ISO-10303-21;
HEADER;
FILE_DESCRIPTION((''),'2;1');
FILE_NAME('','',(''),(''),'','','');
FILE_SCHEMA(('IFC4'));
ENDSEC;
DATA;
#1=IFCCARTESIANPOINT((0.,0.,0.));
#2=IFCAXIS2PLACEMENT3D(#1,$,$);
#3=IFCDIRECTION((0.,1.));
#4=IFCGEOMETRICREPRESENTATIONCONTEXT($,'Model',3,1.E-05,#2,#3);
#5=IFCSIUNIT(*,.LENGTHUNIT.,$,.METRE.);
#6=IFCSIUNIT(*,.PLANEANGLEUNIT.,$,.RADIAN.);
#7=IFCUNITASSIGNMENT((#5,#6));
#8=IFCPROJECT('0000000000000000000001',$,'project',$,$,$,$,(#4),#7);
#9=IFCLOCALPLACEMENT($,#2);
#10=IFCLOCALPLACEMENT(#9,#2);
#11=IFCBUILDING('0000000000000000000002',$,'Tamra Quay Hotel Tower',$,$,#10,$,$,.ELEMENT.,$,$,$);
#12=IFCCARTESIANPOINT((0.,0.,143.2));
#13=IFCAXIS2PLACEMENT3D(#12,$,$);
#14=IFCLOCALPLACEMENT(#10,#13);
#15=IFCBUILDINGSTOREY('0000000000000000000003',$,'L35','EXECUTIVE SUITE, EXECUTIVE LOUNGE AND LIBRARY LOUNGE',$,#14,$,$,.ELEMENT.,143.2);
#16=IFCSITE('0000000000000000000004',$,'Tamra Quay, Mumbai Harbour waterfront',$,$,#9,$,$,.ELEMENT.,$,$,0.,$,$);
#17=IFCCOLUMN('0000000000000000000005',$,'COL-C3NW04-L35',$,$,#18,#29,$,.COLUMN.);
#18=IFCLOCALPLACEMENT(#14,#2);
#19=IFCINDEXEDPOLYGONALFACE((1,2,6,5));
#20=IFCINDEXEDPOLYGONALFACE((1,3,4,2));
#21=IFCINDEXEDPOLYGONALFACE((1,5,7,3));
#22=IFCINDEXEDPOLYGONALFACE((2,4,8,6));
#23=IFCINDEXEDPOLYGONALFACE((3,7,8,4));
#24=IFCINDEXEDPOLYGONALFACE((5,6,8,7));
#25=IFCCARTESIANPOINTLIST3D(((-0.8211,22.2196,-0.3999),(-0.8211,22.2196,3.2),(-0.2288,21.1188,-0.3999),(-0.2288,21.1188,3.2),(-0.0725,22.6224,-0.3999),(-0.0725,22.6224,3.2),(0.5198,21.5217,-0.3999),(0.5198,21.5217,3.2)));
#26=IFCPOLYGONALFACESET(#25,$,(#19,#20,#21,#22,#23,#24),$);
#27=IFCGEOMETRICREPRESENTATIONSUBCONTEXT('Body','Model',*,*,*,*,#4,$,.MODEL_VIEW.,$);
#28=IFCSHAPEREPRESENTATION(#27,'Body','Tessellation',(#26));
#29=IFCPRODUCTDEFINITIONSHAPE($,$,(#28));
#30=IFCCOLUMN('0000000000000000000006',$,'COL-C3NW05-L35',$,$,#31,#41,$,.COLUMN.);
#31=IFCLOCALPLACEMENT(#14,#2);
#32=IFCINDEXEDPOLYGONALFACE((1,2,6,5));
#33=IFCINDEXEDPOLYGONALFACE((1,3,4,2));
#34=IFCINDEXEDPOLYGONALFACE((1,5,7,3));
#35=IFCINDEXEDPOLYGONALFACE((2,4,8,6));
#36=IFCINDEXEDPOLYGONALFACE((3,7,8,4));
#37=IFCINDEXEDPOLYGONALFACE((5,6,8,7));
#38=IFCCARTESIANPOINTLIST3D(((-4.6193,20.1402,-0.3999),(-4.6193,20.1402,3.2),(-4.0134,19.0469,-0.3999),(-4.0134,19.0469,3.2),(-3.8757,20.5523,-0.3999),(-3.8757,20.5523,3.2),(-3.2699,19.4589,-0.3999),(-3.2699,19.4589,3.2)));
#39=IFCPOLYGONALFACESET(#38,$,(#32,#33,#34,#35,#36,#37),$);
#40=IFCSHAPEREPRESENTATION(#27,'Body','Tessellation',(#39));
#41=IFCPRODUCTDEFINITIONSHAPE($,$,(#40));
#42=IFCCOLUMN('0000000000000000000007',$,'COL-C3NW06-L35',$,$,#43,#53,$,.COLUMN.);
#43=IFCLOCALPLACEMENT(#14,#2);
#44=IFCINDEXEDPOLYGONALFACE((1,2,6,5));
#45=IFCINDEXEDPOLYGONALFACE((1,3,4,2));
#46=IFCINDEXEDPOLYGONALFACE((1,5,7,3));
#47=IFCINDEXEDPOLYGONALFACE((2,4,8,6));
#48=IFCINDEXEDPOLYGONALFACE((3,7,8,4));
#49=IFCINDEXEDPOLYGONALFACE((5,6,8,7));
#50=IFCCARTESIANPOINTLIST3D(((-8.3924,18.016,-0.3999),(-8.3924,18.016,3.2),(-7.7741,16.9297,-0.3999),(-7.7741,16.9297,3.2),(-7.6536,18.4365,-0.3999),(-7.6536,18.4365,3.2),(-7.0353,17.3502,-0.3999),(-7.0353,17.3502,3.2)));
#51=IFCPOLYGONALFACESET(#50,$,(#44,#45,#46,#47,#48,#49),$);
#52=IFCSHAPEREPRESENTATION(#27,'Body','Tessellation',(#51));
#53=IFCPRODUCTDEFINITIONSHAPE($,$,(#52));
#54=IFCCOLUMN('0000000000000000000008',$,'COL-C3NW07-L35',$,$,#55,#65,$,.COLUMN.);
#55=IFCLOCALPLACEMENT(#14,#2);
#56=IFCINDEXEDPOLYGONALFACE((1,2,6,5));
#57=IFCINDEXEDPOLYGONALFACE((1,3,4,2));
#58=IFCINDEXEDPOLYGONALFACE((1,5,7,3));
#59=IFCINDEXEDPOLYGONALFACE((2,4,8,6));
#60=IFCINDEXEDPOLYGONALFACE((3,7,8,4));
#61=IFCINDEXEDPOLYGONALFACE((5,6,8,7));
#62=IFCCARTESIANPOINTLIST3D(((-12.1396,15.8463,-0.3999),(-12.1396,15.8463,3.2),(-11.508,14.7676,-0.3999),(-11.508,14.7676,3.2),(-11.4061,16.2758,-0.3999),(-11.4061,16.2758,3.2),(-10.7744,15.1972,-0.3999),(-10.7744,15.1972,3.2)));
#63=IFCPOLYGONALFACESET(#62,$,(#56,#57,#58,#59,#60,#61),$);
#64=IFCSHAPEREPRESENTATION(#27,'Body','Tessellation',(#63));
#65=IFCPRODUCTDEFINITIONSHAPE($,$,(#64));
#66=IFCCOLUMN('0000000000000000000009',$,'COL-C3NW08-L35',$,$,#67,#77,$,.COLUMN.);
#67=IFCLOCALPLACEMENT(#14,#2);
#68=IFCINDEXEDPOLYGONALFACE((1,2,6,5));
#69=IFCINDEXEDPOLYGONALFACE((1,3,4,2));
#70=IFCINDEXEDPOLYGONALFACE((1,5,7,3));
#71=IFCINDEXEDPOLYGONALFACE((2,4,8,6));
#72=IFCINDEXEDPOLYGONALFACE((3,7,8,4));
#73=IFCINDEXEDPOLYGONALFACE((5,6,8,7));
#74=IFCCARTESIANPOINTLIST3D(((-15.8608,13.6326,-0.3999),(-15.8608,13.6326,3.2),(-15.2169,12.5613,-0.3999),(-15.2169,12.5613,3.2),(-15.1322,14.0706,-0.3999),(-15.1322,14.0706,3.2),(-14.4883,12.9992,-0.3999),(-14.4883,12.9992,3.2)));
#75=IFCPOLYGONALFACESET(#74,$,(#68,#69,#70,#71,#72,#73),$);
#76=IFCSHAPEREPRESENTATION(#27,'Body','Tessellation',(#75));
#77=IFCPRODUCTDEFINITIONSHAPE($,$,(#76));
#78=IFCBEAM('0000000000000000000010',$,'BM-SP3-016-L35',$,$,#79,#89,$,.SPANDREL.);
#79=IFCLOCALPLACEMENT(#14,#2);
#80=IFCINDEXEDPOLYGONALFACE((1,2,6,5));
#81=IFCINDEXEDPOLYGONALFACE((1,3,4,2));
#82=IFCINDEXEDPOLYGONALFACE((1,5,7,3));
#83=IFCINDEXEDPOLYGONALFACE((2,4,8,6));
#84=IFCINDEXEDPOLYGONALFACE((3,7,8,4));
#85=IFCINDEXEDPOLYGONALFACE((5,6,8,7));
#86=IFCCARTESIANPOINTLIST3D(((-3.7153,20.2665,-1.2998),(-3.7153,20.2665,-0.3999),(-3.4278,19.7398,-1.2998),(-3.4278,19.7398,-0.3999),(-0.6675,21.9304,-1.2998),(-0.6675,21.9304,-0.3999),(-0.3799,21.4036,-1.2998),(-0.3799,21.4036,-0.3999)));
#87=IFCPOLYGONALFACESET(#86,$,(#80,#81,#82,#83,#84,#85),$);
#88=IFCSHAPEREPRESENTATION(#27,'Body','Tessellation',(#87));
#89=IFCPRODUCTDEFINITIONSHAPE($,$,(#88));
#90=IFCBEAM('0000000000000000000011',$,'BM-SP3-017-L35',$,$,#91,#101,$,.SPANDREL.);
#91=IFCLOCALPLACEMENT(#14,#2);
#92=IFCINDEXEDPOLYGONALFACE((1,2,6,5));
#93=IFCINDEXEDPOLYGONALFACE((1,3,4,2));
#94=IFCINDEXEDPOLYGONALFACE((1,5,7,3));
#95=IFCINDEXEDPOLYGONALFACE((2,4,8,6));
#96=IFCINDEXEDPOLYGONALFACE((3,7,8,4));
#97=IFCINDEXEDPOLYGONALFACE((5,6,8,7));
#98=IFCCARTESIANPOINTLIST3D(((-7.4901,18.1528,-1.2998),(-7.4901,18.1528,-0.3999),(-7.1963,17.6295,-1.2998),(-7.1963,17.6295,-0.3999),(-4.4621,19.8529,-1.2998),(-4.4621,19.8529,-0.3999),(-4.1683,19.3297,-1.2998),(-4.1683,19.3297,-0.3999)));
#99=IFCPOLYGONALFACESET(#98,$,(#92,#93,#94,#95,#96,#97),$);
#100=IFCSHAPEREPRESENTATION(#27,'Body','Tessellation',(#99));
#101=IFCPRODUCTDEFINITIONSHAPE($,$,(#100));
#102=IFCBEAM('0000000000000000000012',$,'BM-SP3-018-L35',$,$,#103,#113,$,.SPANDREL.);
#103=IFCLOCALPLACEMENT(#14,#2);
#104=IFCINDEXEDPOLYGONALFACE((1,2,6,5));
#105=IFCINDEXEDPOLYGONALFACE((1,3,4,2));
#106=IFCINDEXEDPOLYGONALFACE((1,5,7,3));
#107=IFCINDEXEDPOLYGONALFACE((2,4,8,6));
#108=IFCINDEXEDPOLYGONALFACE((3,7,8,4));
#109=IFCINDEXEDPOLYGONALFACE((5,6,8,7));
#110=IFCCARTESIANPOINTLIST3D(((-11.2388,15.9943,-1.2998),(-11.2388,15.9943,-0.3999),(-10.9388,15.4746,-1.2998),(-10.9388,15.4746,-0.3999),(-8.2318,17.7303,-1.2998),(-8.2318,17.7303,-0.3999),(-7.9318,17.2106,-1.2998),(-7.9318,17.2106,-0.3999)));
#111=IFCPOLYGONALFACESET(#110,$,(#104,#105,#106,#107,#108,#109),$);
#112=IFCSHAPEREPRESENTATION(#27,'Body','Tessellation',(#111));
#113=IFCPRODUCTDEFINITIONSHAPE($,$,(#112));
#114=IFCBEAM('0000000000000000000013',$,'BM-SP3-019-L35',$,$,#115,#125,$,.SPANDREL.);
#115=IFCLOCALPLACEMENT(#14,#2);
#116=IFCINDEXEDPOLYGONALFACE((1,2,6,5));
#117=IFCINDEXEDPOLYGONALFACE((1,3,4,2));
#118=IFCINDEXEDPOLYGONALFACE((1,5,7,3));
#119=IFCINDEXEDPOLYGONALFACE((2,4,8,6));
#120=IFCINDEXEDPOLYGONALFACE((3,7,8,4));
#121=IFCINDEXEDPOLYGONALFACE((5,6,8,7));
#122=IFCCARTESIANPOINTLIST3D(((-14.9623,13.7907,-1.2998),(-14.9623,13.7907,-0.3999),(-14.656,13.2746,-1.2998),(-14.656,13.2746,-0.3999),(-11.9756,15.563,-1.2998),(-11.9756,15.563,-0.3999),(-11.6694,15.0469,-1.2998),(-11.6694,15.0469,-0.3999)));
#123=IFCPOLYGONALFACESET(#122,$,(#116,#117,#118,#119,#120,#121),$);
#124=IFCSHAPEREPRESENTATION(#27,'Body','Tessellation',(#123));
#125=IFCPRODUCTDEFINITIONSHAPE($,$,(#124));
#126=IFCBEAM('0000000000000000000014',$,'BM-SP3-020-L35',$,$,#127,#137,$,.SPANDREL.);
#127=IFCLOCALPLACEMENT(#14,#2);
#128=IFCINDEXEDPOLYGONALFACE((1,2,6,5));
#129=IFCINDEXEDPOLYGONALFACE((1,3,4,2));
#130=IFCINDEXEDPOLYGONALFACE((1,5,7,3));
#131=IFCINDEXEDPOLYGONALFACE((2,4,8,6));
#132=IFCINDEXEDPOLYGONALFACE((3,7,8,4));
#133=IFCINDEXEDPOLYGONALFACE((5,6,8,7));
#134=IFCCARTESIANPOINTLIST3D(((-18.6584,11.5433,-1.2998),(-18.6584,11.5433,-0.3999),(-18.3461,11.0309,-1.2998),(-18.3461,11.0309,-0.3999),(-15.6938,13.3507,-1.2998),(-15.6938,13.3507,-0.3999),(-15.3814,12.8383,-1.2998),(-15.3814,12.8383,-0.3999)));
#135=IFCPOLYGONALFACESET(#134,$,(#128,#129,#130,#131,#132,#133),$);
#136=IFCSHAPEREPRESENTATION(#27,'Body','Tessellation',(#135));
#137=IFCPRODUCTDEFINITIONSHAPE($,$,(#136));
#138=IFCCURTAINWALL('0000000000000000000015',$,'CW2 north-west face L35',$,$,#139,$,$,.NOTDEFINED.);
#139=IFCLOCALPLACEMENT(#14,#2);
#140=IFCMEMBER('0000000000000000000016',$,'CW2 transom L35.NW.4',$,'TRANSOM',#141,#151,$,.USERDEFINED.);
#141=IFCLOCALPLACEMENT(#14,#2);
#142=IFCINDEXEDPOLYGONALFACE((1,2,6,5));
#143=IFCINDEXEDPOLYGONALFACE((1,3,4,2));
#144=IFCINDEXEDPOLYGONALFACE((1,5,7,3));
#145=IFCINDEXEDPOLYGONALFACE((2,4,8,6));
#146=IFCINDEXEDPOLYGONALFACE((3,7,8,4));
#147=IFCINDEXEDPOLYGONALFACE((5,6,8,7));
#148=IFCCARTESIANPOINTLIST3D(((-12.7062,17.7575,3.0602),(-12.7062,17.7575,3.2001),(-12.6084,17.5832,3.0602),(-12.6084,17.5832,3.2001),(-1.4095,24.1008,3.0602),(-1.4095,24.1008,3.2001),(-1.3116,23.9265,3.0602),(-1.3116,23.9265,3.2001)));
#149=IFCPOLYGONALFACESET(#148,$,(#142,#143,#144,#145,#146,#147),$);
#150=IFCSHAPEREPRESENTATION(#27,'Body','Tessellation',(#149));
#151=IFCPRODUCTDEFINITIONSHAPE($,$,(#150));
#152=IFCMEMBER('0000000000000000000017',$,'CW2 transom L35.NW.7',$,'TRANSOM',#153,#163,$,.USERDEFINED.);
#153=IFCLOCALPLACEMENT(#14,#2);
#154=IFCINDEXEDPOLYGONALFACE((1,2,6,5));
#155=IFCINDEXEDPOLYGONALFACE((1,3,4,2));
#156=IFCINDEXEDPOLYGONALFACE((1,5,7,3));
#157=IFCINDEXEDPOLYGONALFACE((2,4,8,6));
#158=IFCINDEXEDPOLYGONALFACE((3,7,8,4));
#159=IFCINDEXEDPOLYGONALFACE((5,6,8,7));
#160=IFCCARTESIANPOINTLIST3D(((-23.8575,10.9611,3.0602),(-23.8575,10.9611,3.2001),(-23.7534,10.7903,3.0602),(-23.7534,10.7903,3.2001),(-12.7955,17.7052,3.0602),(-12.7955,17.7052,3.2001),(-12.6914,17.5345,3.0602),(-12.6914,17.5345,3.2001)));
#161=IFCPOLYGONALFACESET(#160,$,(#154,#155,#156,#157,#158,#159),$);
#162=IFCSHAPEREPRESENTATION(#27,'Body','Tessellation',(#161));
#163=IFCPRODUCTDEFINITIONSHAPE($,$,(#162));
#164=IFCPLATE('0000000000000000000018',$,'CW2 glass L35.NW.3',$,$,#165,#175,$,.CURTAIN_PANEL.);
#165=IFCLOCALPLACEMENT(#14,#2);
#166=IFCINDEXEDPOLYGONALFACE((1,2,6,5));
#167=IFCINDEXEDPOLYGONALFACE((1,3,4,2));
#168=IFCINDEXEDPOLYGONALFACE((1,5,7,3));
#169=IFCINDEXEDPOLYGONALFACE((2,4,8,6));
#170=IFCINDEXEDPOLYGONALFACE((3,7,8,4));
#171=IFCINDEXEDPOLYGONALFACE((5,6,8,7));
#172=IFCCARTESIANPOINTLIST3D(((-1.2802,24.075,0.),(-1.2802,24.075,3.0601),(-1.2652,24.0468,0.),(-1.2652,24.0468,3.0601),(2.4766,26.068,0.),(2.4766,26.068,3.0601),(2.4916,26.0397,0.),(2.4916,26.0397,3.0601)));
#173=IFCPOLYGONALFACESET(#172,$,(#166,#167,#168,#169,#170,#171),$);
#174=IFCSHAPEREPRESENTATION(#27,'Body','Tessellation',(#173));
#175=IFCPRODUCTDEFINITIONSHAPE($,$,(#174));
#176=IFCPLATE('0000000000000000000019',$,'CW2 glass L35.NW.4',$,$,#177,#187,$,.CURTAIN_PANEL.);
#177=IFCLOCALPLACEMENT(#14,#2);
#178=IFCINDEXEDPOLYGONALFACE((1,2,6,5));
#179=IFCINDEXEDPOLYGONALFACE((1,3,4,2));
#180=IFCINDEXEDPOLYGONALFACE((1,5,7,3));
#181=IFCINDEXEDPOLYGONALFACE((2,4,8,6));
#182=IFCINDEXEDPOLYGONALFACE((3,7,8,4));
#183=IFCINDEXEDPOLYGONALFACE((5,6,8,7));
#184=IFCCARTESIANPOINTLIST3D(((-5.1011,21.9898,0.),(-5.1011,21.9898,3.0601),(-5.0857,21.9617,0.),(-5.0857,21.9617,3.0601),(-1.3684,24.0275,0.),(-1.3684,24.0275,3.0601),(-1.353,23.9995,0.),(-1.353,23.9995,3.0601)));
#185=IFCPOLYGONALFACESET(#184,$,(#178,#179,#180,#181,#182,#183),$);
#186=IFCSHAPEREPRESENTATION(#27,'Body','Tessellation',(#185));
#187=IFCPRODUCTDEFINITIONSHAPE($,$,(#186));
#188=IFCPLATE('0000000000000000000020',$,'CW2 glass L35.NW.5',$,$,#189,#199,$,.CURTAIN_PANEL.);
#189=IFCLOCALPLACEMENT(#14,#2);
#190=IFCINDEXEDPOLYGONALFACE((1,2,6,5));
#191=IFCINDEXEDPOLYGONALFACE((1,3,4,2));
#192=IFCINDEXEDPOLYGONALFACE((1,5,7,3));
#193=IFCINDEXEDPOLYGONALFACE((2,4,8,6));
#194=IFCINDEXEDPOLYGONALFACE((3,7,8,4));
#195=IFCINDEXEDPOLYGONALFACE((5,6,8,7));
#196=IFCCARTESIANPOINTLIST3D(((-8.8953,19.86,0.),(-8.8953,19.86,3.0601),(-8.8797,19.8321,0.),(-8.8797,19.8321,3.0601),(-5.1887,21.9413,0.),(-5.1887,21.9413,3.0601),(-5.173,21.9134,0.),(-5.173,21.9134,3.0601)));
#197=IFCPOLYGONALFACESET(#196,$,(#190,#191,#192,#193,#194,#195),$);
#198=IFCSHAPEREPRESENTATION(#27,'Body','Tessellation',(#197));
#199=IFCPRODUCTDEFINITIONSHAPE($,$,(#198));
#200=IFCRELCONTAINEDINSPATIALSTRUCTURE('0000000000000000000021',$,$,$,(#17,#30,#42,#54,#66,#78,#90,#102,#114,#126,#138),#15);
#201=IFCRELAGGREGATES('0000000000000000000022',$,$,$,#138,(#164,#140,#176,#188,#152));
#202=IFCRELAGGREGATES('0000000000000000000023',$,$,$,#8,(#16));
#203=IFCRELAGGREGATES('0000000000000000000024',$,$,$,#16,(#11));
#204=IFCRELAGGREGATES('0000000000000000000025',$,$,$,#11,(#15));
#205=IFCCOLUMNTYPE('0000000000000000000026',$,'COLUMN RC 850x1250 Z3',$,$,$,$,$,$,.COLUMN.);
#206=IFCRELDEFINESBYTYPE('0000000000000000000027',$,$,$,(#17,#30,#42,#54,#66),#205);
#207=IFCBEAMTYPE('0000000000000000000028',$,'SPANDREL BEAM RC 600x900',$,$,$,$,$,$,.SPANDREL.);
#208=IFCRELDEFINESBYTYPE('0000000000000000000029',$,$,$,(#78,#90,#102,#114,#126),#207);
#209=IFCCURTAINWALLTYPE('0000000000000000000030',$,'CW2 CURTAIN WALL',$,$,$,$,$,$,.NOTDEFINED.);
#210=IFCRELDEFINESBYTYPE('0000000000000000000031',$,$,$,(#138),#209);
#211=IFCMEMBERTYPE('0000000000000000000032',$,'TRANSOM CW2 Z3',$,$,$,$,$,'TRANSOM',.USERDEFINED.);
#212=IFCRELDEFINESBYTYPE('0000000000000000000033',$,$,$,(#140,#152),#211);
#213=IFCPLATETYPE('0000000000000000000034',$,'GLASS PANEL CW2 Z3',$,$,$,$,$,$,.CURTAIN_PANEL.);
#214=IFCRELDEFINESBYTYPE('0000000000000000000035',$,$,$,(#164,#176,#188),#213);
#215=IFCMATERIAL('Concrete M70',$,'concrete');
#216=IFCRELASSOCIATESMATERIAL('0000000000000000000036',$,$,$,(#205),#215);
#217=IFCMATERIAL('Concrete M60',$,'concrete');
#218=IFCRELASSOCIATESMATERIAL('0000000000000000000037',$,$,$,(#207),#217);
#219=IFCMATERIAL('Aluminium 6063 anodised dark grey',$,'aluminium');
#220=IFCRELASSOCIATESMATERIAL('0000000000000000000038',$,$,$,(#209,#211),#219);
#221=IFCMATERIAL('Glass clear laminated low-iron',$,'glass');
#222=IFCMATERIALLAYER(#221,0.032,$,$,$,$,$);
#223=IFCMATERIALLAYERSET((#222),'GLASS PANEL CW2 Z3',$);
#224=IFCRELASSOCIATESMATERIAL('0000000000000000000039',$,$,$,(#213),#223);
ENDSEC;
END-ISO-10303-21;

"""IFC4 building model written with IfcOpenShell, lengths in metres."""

from ifc_helpers import new_model, si_unit, direction, frame, origin, origin_2d, place, context, subcontext, project, spatial, rectangle, extrude, material, layer, layer_set, material_profile, profile_set, type_object, element, aggregate, save


model = new_model("IFC4")

# Units and contexts
model_context = context("Model", 3, precision=1e-05, world=origin(), true_north=direction((0.0, 1.0)))
body_context = subcontext(model_context, "Body", "Model", "MODEL_VIEW")
ifc_project = project(units=[si_unit("LENGTHUNIT", "METRE"), si_unit("PLANEANGLEUNIT", "RADIAN")], contexts=[model_context])

# Site, building, storey
site_placement = place(None, origin())
site = spatial("IfcSite", under=ifc_project, at=site_placement, Name="Tamra Quay, Mumbai Harbour waterfront", CompositionType="ELEMENT", RefElevation=0.0)
building_placement = place(site_placement, origin())
building = spatial("IfcBuilding", under=site, at=building_placement, Name="Tamra Quay Hotel Tower", CompositionType="ELEMENT")
storey_placement = place(building_placement, frame((0.0, 0.0, 143.2)))
storey = spatial("IfcBuildingStorey", under=building, at=storey_placement, Name="L35", Description="EXECUTIVE SUITE, EXECUTIVE LOUNGE AND LIBRARY LOUNGE", CompositionType="ELEMENT", Elevation=143.2)

# Columns
ifc_material_1 = material(Name="Concrete M70", Category="concrete")
ifc_material_profile_1 = material_profile(ifc_material_1, rectangle(XDim=1.25, YDim=0.8501, at=origin_2d()), Name="COLUMN RC 850x1250 Z3")
ifc_profile_set_1 = profile_set([ifc_material_profile_1], Name="Concrete M70")
column_type = type_object("IfcColumnType", Name="COLUMN RC 850x1250 Z3", PredefinedType="COLUMN", material=ifc_profile_set_1)
for number, where, z_axis, x_axis, name in (
    (1, (-0.1506, 21.8706, -0.3999), (0.0, 0.0, 1.0), (-0.473876, 0.880592, 0.0), "COL-C3NW04-L35"),
    (2, (-3.9446, 19.7996, -0.3999), (0.0, 0.0, 1.0), (-0.484683, 0.87469, 0.0), "COL-C3NW05-L35"),
    (3, (-7.7139, 17.6831, -0.3999), (0.0, 0.0, 1.0), (-0.494656, 0.869089, 0.0), "COL-C3NW06-L35"),
    (4, (-11.457, 15.5217, -0.3999), (0.0, 0.0, 1.0), (-0.505325, 0.862929, 0.0), "COL-C3NW07-L35"),
    (5, (-15.1746, 13.3159, -0.3999), (0.0, 0.0, 1.0), (-0.515162, 0.857093, 0.0), "COL-C3NW08-L35"),
):
    element("IfcColumn", number, at=place(storey_placement, frame(where, z_axis=z_axis, x_axis=x_axis)), inside=storey, type_object=column_type, Name=name, PredefinedType="COLUMN", context=body_context, shape_type="SweptSolid", body=[
        extrude(rectangle(XDim=1.25, YDim=0.8501, at=origin_2d()), origin(), (0.0, 0.0, 1.0), 3.5999),
    ])

# Beams
ifc_material_2 = material(Name="Concrete M60", Category="concrete")
ifc_material_profile_2 = material_profile(ifc_material_2, rectangle(XDim=0.6001, YDim=0.8999, at=origin_2d()), Name="SPANDREL BEAM RC 600x900")
ifc_profile_set_2 = profile_set([ifc_material_profile_2], Name="Concrete M60")
beam_type = type_object("IfcBeamType", Name="SPANDREL BEAM RC 600x900", PredefinedType="SPANDREL", material=ifc_profile_set_2)
beam_1_placement = place(storey_placement, frame((-0.5237, 21.667, -0.8499), z_axis=(-0.877732, -0.479153, 0.0), x_axis=(0.479153, -0.877732, 0.0)))
element("IfcBeam", 6, at=beam_1_placement, inside=storey, type_object=beam_type, Name="BM-SP3-016-L35", PredefinedType="SPANDREL", context=body_context, shape_type="SweptSolid", body=[
    extrude(rectangle(XDim=0.6001, YDim=0.8999, at=origin_2d()), origin(), (0.0, 0.0, 1.0), 3.4724),
])
beam_2_placement = place(storey_placement, frame((-4.3152, 19.5913, -0.8499), z_axis=(-0.871956, -0.489584, 0.0), x_axis=(0.489584, -0.871956, 0.0)))
element("IfcBeam", 7, at=beam_2_placement, inside=storey, type_object=beam_type, Name="BM-SP3-017-L35", PredefinedType="SPANDREL", context=body_context, shape_type="SweptSolid", body=[
    extrude(rectangle(XDim=0.6001, YDim=0.8999, at=origin_2d()), origin(), (0.0, 0.0, 1.0), 3.4727),
])
beam_3_placement = place(storey_placement, frame((-8.0818, 17.4705, -0.8499), z_axis=(-0.866032, -0.499988, 0.0), x_axis=(0.499988, -0.866032, 0.0)))
element("IfcBeam", 8, at=beam_3_placement, inside=storey, type_object=beam_type, Name="BM-SP3-018-L35", PredefinedType="SPANDREL", context=body_context, shape_type="SweptSolid", body=[
    extrude(rectangle(XDim=0.6001, YDim=0.8999, at=origin_2d()), origin(), (0.0, 0.0, 1.0), 3.4722),
])
beam_4_placement = place(storey_placement, frame((-11.8225, 15.3049, -0.8499), z_axis=(-0.859989, -0.510313, 0.0), x_axis=(0.510313, -0.859989, 0.0)))
element("IfcBeam", 9, at=beam_4_placement, inside=storey, type_object=beam_type, Name="BM-SP3-019-L35", PredefinedType="SPANDREL", context=body_context, shape_type="SweptSolid", body=[
    extrude(rectangle(XDim=0.6001, YDim=0.8999, at=origin_2d()), origin(), (0.0, 0.0, 1.0), 3.4729),
])
beam_5_placement = place(storey_placement, frame((-15.5376, 13.0945, -0.8499), z_axis=(-0.853836, -0.520542, 0.0), x_axis=(0.520542, -0.853836, 0.0)))
element("IfcBeam", 10, at=beam_5_placement, inside=storey, type_object=beam_type, Name="BM-SP3-020-L35", PredefinedType="SPANDREL", context=body_context, shape_type="SweptSolid", body=[
    extrude(rectangle(XDim=0.6001, YDim=0.8999, at=origin_2d()), origin(), (0.0, 0.0, 1.0), 3.4722),
])

# Curtain wall, members, plates
ifc_material_3 = material(Name="Aluminium 6063 anodised dark grey", Category="aluminium")
curtain_wall_type = type_object("IfcCurtainWallType", Name="CW2 CURTAIN WALL", PredefinedType="NOTDEFINED", material=ifc_material_3)
curtain_wall_placement = place(storey_placement, origin())
curtain_wall = element("IfcCurtainWall", 11, at=curtain_wall_placement, inside=storey, type_object=curtain_wall_type, Name="CW2 north-west face L35", PredefinedType="NOTDEFINED")
ifc_material_profile_3 = material_profile(ifc_material_3, rectangle(XDim=0.2, YDim=0.1399, at=origin_2d()), Name="TRANSOM 200X140")
ifc_profile_set_3 = profile_set([ifc_material_profile_3], Name="Aluminium 6063 anodised dark grey")
member_type = type_object("IfcMemberType", Name="TRANSOM CW2 Z3", ElementType="TRANSOM", PredefinedType="USERDEFINED", material=ifc_profile_set_3)
member_1_placement = place(storey_placement, frame((-1.3606, 24.0137, 3.1301), z_axis=(-0.871941, -0.489611, 0.0), x_axis=(0.489611, -0.871941, 0.0)))
member_1 = element("IfcMember", 12, at=member_1_placement, type_object=member_type, Name="CW2 transom L35.NW.4", ObjectType="TRANSOM", PredefinedType="USERDEFINED", context=body_context, shape_type="SweptSolid", body=[
    extrude(rectangle(XDim=0.2, YDim=0.1399, at=origin_2d()), origin(), (0.0, 0.0, 1.0), 12.9558),
])
member_2_placement = place(storey_placement, frame((-12.7434, 17.6199, 3.1301), z_axis=(-0.85383, -0.520552, 0.0), x_axis=(0.520552, -0.85383, 0.0)))
member_2 = element("IfcMember", 13, at=member_2_placement, type_object=member_type, Name="CW2 transom L35.NW.7", ObjectType="TRANSOM", PredefinedType="USERDEFINED", context=body_context, shape_type="SweptSolid", body=[
    extrude(rectangle(XDim=0.2, YDim=0.1399, at=origin_2d()), origin(), (0.0, 0.0, 1.0), 12.9558),
])
ifc_material_4 = material(Name="Glass clear laminated low-iron", Category="glass")
ifc_layer_1 = layer(ifc_material_4, 0.032)
ifc_layer_set_1 = layer_set([ifc_layer_1], Name="GLASS PANEL CW2 Z3")
plate_type = type_object("IfcPlateType", Name="GLASS PANEL CW2 Z3", PredefinedType="CURTAIN_PANEL", material=ifc_layer_set_1)
plate_1_placement = place(storey_placement, frame((0.6057, 25.0574, 0.0), z_axis=(0.0, 0.0, 1.0), x_axis=(-0.883392, -0.468636, 0.0)))
plate_1 = element("IfcPlate", 14, at=plate_1_placement, type_object=plate_type, Name="CW2 glass L35.NW.3", PredefinedType="CURTAIN_PANEL", context=body_context, shape_type="SweptSolid", body=[
    extrude(rectangle(XDim=4.2527, YDim=0.032, at=origin_2d()), origin(), (0.0, 0.0, 1.0), 3.0601),
])
plate_2_placement = place(storey_placement, frame((-3.2271, 22.9946, 0.0), z_axis=(0.0, 0.0, 1.0), x_axis=(-0.877726, -0.479163, 0.0)))
plate_2 = element("IfcPlate", 15, at=plate_2_placement, type_object=plate_type, Name="CW2 glass L35.NW.4", PredefinedType="CURTAIN_PANEL", context=body_context, shape_type="SweptSolid", body=[
    extrude(rectangle(XDim=4.2527, YDim=0.032, at=origin_2d()), origin(), (0.0, 0.0, 1.0), 3.0601),
])
plate_3_placement = place(storey_placement, frame((-7.0342, 20.8867, 0.0), z_axis=(0.0, 0.0, 1.0), x_axis=(-0.871942, -0.489609, 0.0)))
plate_3 = element("IfcPlate", 16, at=plate_3_placement, type_object=plate_type, Name="CW2 glass L35.NW.5", PredefinedType="CURTAIN_PANEL", context=body_context, shape_type="SweptSolid", body=[
    extrude(rectangle(XDim=4.251, YDim=0.032, at=origin_2d()), origin(), (0.0, 0.0, 1.0), 3.0601),
])
aggregate(curtain_wall, [plate_1, member_1, plate_2, plate_3, member_2])

save(model, "model.ifc")
